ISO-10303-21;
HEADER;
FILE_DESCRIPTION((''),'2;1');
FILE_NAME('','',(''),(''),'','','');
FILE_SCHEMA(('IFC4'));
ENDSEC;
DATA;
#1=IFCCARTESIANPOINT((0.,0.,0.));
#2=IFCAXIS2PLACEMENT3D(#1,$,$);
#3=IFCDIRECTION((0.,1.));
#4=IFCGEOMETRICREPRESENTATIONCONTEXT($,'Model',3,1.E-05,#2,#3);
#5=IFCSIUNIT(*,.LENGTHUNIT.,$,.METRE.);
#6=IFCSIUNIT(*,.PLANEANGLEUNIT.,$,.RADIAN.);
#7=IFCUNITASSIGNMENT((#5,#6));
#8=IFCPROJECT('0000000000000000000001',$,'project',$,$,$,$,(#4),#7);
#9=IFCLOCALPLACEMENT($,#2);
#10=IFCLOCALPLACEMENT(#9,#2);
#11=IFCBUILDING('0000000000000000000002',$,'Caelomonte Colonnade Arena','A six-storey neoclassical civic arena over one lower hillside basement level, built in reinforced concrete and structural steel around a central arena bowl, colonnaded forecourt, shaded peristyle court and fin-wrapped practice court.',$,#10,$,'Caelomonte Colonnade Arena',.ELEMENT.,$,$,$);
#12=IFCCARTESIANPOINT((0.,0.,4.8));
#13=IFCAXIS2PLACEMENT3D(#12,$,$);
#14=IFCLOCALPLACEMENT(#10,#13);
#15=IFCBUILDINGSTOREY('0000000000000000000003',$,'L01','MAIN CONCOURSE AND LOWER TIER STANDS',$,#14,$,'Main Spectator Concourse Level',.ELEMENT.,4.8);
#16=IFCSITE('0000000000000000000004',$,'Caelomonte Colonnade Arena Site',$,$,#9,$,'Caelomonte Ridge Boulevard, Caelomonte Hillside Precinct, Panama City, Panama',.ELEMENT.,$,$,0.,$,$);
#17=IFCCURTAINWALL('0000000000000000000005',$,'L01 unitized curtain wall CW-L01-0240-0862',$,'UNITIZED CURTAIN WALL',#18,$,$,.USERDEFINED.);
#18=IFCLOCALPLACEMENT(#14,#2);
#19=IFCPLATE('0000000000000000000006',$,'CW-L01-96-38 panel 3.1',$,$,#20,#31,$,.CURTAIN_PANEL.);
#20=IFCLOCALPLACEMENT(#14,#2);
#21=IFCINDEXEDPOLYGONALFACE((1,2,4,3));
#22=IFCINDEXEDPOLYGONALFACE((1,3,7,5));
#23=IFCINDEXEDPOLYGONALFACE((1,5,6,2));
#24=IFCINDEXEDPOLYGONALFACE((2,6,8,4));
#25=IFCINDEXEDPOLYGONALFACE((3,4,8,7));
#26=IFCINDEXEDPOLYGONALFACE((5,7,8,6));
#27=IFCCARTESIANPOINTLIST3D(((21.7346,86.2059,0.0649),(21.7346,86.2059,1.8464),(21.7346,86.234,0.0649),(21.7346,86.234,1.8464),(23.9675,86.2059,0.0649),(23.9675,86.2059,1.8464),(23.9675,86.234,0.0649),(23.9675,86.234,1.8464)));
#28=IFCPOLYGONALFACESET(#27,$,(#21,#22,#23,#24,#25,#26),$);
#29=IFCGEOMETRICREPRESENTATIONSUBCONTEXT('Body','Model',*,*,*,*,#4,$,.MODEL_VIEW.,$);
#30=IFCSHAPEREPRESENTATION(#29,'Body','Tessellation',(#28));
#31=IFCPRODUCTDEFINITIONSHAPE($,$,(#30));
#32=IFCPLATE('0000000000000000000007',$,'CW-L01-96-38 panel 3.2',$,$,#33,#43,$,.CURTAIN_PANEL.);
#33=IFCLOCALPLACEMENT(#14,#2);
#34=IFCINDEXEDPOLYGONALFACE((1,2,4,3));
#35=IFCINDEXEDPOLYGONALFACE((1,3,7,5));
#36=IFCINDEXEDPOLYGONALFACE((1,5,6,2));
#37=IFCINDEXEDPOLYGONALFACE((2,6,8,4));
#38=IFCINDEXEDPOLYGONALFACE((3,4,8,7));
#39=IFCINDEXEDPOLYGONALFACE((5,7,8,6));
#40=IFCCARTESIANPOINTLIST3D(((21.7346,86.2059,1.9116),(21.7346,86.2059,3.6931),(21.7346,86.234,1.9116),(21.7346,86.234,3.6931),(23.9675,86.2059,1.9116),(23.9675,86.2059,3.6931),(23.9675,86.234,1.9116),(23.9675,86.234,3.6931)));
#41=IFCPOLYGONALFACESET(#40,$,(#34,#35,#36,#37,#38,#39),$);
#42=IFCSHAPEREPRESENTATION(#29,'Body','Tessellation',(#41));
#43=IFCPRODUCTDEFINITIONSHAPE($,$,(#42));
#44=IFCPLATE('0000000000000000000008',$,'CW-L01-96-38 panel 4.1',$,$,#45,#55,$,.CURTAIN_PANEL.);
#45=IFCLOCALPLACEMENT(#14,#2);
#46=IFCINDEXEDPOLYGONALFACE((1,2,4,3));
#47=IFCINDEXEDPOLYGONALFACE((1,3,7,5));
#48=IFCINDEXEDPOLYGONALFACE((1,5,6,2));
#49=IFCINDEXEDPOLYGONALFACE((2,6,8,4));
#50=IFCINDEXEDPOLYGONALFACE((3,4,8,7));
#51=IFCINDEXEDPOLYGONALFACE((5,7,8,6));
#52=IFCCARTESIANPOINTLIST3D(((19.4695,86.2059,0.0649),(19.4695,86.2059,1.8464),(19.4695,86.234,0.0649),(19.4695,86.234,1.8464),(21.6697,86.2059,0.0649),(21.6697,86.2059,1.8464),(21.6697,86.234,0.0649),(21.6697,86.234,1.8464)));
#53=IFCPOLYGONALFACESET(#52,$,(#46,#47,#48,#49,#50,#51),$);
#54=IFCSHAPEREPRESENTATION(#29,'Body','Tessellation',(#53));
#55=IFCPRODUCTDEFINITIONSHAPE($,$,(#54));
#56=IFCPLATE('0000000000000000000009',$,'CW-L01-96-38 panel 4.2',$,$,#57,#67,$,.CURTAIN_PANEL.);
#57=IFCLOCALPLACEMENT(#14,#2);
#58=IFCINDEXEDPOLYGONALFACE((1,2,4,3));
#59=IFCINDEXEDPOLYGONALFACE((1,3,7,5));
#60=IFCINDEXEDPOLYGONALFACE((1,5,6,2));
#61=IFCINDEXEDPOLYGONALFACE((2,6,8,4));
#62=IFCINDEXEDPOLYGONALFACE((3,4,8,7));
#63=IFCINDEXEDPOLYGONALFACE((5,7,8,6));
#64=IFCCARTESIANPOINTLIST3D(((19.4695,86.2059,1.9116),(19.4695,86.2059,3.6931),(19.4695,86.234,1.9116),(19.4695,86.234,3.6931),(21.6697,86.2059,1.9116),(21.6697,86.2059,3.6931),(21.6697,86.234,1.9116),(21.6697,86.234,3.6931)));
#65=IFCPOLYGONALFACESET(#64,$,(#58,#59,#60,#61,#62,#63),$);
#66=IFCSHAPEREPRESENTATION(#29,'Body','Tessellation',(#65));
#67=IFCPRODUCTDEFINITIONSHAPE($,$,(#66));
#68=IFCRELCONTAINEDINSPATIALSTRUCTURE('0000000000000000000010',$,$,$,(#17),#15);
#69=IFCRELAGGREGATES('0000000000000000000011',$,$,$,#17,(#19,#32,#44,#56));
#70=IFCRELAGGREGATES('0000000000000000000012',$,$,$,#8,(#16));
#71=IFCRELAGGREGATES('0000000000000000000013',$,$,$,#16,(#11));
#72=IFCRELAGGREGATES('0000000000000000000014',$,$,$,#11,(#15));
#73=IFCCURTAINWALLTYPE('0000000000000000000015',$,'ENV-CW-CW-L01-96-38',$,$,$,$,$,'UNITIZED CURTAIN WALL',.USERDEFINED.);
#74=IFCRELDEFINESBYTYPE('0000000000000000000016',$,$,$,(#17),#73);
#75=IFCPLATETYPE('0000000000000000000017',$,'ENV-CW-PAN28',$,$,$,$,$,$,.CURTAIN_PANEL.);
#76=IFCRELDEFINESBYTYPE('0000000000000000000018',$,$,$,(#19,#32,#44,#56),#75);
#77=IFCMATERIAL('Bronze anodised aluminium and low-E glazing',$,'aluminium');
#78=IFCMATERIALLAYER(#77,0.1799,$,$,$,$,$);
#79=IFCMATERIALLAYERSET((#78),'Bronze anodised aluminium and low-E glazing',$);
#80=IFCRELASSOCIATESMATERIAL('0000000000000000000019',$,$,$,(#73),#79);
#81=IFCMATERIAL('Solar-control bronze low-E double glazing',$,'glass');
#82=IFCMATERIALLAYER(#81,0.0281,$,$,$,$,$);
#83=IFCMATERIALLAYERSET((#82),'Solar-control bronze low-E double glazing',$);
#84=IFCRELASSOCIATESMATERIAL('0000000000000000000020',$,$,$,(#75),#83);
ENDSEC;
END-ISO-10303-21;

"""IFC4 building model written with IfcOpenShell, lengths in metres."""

from ifc_helpers import new_model, si_unit, direction, frame, origin, origin_2d, place, context, subcontext, project, spatial, rectangle, extrude, material, layer, layer_set, type_object, element, aggregate, save


model = new_model("IFC4")

# Units and contexts
model_context = context("Model", 3, precision=1e-05, world=origin(), true_north=direction((0.0, 1.0)))
body_context = subcontext(model_context, "Body", "Model", "MODEL_VIEW")
ifc_project = project(units=[si_unit("LENGTHUNIT", "METRE"), si_unit("PLANEANGLEUNIT", "RADIAN")], contexts=[model_context])

# Site, building, storey
site_placement = place(None, origin())
site = spatial("IfcSite", under=ifc_project, at=site_placement, Name="Caelomonte Colonnade Arena Site", LongName="Caelomonte Ridge Boulevard, Caelomonte Hillside Precinct, Panama City, Panama", CompositionType="ELEMENT", RefElevation=0.0)
building_placement = place(site_placement, origin())
building = spatial("IfcBuilding", under=site, at=building_placement, Name="Caelomonte Colonnade Arena", Description="A six-storey neoclassical civic arena over one lower hillside basement level, built in reinforced concrete and structural steel around a central arena bowl, colonnaded forecourt, shaded peristyle court and fin-wrapped practice court.", LongName="Caelomonte Colonnade Arena", CompositionType="ELEMENT")
storey_placement = place(building_placement, frame((0.0, 0.0, 4.8)))
storey = spatial("IfcBuildingStorey", under=building, at=storey_placement, Name="L01", Description="MAIN CONCOURSE AND LOWER TIER STANDS", LongName="Main Spectator Concourse Level", CompositionType="ELEMENT", Elevation=4.8)

# Curtain wall
ifc_material_1 = material(Name="Bronze anodised aluminium and low-E glazing", Category="aluminium")
ifc_layer_1 = layer(ifc_material_1, 0.1799)
ifc_layer_set_1 = layer_set([ifc_layer_1], Name="Bronze anodised aluminium and low-E glazing")
curtain_wall_type = type_object("IfcCurtainWallType", Name="ENV-CW-CW-L01-96-38", ElementType="UNITIZED CURTAIN WALL", PredefinedType="USERDEFINED", material=ifc_layer_set_1)
curtain_wall_placement = place(storey_placement, origin())
curtain_wall = element("IfcCurtainWall", 1, at=curtain_wall_placement, inside=storey, type_object=curtain_wall_type, Name="L01 unitized curtain wall CW-L01-0240-0862", ObjectType="UNITIZED CURTAIN WALL", PredefinedType="USERDEFINED")

# Plates
ifc_material_2 = material(Name="Solar-control bronze low-E double glazing", Category="glass")
ifc_layer_2 = layer(ifc_material_2, 0.0281)
ifc_layer_set_2 = layer_set([ifc_layer_2], Name="Solar-control bronze low-E double glazing")
plate_type = type_object("IfcPlateType", Name="ENV-CW-PAN28", PredefinedType="CURTAIN_PANEL", material=ifc_layer_set_2)
plate_1_placement = place(storey_placement, frame((22.8511, 86.22, 0.0649), z_axis=(0.0, 0.0, 1.0), x_axis=(-1.0, 0.0, 0.0)))
plate_1 = element("IfcPlate", 2, at=plate_1_placement, type_object=plate_type, Name="CW-L01-96-38 panel 3.1", PredefinedType="CURTAIN_PANEL", context=body_context, shape_type="SweptSolid", body=[
    extrude(rectangle(XDim=2.2329, YDim=0.0281, at=origin_2d()), origin(), (0.0, 0.0, 1.0), 1.7815),
])
plate_2_placement = place(storey_placement, frame((22.8511, 86.22, 1.9116), z_axis=(0.0, 0.0, 1.0), x_axis=(-1.0, 0.0, 0.0)))
plate_2 = element("IfcPlate", 3, at=plate_2_placement, type_object=plate_type, Name="CW-L01-96-38 panel 3.2", PredefinedType="CURTAIN_PANEL", context=body_context, shape_type="SweptSolid", body=[
    extrude(rectangle(XDim=2.2329, YDim=0.0281, at=origin_2d()), origin(), (0.0, 0.0, 1.0), 1.7815),
])
plate_3_placement = place(storey_placement, frame((20.5696, 86.22, 0.0649), z_axis=(0.0, 0.0, 1.0), x_axis=(-1.0, 0.0, 0.0)))
plate_3 = element("IfcPlate", 4, at=plate_3_placement, type_object=plate_type, Name="CW-L01-96-38 panel 4.1", PredefinedType="CURTAIN_PANEL", context=body_context, shape_type="SweptSolid", body=[
    extrude(rectangle(XDim=2.2002, YDim=0.0281, at=origin_2d()), origin(), (0.0, 0.0, 1.0), 1.7815),
])
plate_4_placement = place(storey_placement, frame((20.5696, 86.22, 1.9116), z_axis=(0.0, 0.0, 1.0), x_axis=(-1.0, 0.0, 0.0)))
plate_4 = element("IfcPlate", 5, at=plate_4_placement, type_object=plate_type, Name="CW-L01-96-38 panel 4.2", PredefinedType="CURTAIN_PANEL", context=body_context, shape_type="SweptSolid", body=[
    extrude(rectangle(XDim=2.2002, YDim=0.0281, at=origin_2d()), origin(), (0.0, 0.0, 1.0), 1.7815),
])
aggregate(curtain_wall, [plate_1, plate_2, plate_3, plate_4])

save(model, "model.ifc")
